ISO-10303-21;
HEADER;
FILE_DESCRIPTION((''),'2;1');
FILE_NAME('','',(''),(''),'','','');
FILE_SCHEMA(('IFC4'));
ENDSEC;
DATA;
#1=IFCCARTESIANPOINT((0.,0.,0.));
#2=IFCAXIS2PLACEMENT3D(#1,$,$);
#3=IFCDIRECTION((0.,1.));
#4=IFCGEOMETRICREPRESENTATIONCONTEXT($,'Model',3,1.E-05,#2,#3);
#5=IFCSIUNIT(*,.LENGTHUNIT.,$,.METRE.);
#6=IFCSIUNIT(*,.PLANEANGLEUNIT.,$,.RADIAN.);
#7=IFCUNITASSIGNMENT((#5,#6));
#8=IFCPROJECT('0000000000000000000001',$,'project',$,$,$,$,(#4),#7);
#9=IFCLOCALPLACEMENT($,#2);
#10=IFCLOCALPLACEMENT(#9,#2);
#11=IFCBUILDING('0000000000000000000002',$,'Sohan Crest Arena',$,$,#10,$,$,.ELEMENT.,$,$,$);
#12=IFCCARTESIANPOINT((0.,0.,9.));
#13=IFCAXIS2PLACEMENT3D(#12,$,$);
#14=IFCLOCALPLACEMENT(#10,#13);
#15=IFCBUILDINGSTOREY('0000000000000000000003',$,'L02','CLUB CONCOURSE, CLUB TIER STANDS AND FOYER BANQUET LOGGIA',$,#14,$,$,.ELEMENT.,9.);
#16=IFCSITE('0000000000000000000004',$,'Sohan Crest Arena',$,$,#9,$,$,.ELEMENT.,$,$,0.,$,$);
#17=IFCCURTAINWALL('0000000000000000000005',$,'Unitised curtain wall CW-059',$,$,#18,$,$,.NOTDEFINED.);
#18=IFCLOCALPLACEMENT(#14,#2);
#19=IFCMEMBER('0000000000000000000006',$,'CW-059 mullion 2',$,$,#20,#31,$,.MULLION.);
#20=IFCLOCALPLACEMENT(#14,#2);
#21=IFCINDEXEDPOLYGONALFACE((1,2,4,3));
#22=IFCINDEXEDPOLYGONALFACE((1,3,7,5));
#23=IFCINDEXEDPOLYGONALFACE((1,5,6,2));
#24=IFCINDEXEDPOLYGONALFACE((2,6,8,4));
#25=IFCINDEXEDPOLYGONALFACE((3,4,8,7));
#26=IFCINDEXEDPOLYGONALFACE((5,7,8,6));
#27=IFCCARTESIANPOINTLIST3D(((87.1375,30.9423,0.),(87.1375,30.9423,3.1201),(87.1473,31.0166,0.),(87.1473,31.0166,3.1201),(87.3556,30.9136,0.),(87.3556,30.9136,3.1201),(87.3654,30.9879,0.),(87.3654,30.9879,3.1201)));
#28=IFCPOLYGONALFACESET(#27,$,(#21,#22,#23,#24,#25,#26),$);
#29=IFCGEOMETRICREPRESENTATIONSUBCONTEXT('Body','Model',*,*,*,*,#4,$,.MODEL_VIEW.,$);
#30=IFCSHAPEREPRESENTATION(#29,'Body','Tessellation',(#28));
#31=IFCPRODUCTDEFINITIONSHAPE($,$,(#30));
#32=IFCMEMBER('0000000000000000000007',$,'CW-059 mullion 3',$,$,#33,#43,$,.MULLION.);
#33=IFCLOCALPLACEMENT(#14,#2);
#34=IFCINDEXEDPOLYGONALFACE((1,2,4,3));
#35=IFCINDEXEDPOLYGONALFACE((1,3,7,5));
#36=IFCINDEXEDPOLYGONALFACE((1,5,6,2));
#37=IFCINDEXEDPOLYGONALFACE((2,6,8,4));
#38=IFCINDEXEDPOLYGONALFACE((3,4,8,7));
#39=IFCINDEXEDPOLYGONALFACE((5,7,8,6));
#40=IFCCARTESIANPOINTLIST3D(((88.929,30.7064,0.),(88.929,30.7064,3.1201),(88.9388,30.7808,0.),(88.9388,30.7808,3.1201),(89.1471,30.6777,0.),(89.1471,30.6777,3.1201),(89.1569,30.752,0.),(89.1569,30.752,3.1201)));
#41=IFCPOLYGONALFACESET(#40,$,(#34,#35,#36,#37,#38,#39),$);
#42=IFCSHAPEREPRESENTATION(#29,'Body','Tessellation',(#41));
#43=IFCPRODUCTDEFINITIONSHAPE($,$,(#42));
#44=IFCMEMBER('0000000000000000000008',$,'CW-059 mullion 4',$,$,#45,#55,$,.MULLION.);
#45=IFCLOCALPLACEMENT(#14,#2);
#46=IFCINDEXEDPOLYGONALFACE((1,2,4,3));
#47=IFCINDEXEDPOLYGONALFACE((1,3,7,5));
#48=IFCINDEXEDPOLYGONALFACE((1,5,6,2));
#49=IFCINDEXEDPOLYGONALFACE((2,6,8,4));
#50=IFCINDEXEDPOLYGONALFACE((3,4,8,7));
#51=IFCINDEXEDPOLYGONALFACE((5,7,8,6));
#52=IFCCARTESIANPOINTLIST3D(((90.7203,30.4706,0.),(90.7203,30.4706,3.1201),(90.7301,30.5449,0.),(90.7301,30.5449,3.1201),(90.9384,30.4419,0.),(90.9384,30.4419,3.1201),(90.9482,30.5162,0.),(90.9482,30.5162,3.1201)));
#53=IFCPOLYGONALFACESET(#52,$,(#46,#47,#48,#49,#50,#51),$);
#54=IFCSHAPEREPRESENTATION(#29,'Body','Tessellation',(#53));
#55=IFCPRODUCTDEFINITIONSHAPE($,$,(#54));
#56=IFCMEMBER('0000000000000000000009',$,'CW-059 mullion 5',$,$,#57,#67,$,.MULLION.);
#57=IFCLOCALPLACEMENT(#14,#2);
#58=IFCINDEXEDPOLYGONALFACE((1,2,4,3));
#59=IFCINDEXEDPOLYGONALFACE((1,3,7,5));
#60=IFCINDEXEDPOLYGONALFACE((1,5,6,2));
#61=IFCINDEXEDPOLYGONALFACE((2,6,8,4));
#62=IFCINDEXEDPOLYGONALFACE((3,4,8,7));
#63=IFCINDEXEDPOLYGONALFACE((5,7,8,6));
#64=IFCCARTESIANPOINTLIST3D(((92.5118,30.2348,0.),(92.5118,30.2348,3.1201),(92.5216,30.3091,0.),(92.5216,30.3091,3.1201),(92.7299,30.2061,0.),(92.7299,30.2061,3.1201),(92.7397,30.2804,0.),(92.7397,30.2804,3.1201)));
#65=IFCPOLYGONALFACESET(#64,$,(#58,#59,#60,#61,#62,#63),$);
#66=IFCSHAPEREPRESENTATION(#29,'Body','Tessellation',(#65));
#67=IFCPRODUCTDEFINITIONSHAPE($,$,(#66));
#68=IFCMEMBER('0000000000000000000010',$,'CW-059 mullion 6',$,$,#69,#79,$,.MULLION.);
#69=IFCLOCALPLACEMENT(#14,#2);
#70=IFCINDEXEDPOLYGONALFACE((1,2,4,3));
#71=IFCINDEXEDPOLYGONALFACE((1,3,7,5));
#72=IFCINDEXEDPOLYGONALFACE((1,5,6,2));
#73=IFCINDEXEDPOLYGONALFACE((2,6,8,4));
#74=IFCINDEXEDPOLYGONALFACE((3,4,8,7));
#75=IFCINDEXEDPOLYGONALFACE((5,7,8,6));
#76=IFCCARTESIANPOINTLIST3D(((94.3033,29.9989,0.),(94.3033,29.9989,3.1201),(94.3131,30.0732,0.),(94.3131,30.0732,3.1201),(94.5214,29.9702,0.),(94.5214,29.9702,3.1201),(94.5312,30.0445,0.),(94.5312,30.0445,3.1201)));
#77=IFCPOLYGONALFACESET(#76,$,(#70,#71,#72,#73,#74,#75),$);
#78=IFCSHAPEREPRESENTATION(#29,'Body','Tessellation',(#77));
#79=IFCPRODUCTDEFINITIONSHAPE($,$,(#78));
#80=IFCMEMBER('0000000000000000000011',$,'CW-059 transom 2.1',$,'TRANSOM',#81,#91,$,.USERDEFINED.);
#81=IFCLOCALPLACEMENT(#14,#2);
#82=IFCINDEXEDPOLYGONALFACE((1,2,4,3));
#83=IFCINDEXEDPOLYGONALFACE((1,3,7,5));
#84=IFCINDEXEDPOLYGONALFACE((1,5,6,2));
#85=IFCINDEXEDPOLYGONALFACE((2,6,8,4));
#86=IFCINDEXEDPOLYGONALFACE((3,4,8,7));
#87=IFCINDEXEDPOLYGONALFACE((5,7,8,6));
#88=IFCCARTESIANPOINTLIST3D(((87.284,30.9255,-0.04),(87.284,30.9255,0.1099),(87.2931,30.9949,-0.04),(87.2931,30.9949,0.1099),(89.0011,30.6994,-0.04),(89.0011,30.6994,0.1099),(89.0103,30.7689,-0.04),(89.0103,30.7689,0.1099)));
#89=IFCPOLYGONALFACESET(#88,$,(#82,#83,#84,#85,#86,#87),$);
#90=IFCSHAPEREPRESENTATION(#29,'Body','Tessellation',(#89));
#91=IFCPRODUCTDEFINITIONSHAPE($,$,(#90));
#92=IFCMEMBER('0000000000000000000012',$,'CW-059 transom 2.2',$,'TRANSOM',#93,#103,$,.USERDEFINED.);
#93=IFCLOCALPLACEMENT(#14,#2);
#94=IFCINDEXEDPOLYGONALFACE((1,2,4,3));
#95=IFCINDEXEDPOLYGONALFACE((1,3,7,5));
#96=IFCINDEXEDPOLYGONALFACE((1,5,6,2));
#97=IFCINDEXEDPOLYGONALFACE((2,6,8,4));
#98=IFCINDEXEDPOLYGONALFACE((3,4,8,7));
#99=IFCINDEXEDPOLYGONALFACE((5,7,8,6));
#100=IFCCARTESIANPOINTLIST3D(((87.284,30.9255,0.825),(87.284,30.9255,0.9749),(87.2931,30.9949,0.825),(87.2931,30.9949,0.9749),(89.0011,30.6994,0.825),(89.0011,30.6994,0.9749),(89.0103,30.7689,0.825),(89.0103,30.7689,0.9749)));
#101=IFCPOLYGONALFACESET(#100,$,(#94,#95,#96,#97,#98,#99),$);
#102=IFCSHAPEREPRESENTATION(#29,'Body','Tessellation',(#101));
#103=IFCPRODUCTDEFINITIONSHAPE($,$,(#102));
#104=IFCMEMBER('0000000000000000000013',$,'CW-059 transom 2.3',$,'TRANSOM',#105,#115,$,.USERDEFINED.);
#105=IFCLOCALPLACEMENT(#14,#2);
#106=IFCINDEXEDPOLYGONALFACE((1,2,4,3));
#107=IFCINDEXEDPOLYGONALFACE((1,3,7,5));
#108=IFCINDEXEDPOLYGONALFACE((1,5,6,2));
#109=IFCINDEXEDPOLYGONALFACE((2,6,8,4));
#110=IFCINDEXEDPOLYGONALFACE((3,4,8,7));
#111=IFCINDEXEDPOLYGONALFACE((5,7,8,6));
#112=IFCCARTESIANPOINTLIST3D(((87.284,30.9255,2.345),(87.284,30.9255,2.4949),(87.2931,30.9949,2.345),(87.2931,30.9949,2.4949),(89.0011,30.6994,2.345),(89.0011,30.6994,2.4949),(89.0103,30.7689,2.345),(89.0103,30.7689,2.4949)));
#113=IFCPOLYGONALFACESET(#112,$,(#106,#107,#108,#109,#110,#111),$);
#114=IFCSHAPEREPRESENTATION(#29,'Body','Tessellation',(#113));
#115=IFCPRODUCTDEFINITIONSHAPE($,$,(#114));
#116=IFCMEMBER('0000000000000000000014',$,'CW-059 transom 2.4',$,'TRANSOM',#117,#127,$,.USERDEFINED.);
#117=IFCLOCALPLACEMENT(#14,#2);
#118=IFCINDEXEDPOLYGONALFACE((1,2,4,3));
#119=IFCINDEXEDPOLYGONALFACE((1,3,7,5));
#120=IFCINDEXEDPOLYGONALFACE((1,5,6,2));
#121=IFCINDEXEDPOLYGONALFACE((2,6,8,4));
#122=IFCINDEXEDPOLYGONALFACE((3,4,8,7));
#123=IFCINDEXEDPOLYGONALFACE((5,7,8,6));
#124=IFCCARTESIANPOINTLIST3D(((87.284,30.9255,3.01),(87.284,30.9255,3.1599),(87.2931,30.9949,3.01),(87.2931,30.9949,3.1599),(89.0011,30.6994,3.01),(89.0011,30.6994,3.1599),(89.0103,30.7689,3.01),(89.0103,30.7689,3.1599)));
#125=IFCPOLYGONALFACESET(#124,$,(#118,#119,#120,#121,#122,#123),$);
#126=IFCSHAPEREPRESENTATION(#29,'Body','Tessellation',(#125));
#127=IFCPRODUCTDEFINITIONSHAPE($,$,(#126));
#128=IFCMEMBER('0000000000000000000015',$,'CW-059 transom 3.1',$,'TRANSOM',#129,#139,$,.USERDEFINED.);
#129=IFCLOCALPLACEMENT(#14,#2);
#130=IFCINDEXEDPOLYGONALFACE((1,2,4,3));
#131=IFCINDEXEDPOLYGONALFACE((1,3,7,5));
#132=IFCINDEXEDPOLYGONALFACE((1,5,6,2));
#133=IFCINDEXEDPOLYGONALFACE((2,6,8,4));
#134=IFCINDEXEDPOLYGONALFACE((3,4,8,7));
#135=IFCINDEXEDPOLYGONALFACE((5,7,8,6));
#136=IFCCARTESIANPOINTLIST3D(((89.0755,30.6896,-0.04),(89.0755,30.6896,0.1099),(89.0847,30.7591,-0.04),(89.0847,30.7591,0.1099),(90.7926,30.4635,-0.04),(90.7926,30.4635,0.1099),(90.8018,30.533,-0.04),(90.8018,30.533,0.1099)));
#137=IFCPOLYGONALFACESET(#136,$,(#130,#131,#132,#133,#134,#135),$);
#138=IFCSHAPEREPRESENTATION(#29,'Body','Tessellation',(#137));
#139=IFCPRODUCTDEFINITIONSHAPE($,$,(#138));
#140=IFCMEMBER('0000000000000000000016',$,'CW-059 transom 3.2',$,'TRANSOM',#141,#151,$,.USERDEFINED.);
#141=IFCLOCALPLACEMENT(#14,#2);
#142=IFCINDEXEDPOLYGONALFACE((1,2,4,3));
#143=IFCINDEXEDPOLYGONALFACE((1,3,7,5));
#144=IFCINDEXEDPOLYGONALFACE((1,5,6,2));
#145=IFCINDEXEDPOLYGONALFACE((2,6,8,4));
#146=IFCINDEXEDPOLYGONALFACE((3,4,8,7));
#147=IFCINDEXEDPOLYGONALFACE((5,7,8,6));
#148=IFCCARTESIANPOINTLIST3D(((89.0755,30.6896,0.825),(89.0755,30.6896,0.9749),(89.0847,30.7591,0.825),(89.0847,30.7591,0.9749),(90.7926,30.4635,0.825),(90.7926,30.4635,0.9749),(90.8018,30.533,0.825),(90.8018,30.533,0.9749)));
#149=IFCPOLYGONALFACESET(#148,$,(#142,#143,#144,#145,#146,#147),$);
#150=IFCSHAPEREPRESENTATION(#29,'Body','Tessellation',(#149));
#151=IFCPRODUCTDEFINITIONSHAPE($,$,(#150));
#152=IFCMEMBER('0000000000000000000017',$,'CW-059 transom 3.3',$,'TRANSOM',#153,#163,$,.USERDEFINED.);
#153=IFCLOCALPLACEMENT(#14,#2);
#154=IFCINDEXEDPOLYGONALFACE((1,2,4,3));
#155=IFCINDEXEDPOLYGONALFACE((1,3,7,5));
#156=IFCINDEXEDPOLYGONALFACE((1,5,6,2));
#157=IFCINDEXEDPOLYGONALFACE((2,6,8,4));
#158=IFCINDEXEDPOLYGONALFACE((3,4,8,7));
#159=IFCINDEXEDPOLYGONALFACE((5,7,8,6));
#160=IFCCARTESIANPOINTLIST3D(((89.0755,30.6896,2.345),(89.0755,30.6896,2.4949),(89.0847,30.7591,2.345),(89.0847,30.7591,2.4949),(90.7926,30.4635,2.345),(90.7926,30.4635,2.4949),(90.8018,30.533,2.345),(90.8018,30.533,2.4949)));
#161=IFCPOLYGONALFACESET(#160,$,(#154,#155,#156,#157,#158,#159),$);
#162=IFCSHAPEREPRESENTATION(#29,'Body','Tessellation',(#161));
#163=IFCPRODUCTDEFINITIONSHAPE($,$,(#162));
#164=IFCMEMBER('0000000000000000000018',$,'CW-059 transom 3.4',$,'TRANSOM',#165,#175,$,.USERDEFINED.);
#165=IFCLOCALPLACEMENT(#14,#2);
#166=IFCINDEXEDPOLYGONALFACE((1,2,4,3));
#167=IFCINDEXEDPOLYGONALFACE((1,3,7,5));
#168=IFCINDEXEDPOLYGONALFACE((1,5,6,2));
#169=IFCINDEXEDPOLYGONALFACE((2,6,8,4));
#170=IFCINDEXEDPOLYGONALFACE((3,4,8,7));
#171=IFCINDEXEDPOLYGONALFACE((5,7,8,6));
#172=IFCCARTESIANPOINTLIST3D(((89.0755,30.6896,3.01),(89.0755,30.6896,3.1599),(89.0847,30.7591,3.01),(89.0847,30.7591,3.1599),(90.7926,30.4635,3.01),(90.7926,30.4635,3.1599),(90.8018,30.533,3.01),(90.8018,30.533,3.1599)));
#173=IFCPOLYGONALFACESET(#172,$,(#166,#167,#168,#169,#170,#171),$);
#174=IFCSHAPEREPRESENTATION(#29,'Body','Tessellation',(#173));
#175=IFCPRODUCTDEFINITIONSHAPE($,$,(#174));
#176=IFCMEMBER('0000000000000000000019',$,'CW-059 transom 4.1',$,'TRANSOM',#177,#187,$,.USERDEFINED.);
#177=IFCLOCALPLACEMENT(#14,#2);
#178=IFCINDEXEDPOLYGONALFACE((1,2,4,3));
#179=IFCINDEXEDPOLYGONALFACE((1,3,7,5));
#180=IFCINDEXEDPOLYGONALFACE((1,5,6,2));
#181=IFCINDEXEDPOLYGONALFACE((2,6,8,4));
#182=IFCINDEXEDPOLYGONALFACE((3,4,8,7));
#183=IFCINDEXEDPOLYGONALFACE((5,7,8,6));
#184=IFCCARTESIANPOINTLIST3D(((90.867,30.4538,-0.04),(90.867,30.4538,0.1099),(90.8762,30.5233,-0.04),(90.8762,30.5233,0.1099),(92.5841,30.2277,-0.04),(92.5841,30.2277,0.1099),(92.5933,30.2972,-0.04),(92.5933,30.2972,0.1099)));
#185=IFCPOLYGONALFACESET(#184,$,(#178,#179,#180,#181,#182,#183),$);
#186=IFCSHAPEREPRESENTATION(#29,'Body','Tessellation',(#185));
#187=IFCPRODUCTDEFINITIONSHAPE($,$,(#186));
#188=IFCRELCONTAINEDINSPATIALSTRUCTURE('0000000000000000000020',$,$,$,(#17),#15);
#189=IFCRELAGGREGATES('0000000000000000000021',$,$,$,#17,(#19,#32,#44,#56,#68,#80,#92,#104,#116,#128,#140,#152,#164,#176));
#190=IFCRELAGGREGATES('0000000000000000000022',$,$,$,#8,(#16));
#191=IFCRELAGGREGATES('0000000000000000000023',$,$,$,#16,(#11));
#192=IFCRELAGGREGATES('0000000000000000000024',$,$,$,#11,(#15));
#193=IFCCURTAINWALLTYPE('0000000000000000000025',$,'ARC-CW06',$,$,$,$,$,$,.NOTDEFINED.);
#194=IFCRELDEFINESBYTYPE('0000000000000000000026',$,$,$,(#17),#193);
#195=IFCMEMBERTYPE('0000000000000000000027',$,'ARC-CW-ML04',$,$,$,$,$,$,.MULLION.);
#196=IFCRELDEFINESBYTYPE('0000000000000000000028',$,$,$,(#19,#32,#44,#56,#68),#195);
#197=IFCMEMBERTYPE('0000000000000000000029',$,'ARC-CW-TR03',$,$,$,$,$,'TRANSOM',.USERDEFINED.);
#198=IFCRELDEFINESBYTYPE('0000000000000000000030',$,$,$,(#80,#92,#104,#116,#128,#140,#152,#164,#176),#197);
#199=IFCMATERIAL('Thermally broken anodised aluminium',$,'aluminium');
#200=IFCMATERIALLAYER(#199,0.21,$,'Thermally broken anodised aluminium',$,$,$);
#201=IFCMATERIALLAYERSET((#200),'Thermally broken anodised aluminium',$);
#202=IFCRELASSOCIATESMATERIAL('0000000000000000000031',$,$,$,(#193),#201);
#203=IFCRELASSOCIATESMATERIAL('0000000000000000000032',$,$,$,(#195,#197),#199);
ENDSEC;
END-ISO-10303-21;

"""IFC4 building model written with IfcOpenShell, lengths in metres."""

from ifc_helpers import new_model, si_unit, direction, frame, origin, origin_2d, place, context, subcontext, project, spatial, rectangle, extrude, material, layer, layer_set, material_profile, profile_set, type_object, element, aggregate, save


model = new_model("IFC4")

# Units and contexts
model_context = context("Model", 3, precision=1e-05, world=origin(), true_north=direction((0.0, 1.0)))
body_context = subcontext(model_context, "Body", "Model", "MODEL_VIEW")
ifc_project = project(units=[si_unit("LENGTHUNIT", "METRE"), si_unit("PLANEANGLEUNIT", "RADIAN")], contexts=[model_context])

# Site, building, storey
site_placement = place(None, origin())
site = spatial("IfcSite", under=ifc_project, at=site_placement, Name="Sohan Crest Arena", CompositionType="ELEMENT", RefElevation=0.0)
building_placement = place(site_placement, origin())
building = spatial("IfcBuilding", under=site, at=building_placement, Name="Sohan Crest Arena", CompositionType="ELEMENT")
storey_placement = place(building_placement, frame((0.0, 0.0, 9.0)))
storey = spatial("IfcBuildingStorey", under=building, at=storey_placement, Name="L02", Description="CLUB CONCOURSE, CLUB TIER STANDS AND FOYER BANQUET LOGGIA", CompositionType="ELEMENT", Elevation=9.0)

# Curtain wall, members
ifc_material_1 = material(Name="Thermally broken anodised aluminium", Category="aluminium")
ifc_layer_1 = layer(ifc_material_1, 0.21, Name="Thermally broken anodised aluminium")
ifc_layer_set_1 = layer_set([ifc_layer_1], Name="Thermally broken anodised aluminium")
curtain_wall_type = type_object("IfcCurtainWallType", Name="ARC-CW06", PredefinedType="NOTDEFINED", material=ifc_layer_set_1)
curtain_wall_placement = place(storey_placement, origin())
curtain_wall = element("IfcCurtainWall", 1, at=curtain_wall_placement, inside=storey, type_object=curtain_wall_type, Name="Unitised curtain wall CW-059", PredefinedType="NOTDEFINED")
ifc_material_profile_1 = material_profile(ifc_material_1, rectangle(XDim=0.075, YDim=0.22, at=origin_2d()), Name="ALU-MULL 75x220")
ifc_profile_set_1 = profile_set([ifc_material_profile_1], Name="Thermally broken anodised aluminium")
member_type_1 = type_object("IfcMemberType", Name="ARC-CW-ML04", PredefinedType="MULLION", material=ifc_profile_set_1)
member_1_placement = place(storey_placement, frame((87.2515, 30.9651, 0.0), z_axis=(0.0, 0.0, 1.0), x_axis=(0.130532, 0.991444, 0.0)))
member_1 = element("IfcMember", 2, at=member_1_placement, type_object=member_type_1, Name="CW-059 mullion 2", PredefinedType="MULLION", context=body_context, shape_type="SweptSolid", body=[
    extrude(rectangle(XDim=0.075, YDim=0.22, at=origin_2d()), origin(), (0.0, 0.0, 1.0), 3.1201),
])
member_2_placement = place(storey_placement, frame((89.043, 30.7292, 0.0), z_axis=(0.0, 0.0, 1.0), x_axis=(0.130532, 0.991444, 0.0)))
member_2 = element("IfcMember", 3, at=member_2_placement, type_object=member_type_1, Name="CW-059 mullion 3", PredefinedType="MULLION", context=body_context, shape_type="SweptSolid", body=[
    extrude(rectangle(XDim=0.075, YDim=0.22, at=origin_2d()), origin(), (0.0, 0.0, 1.0), 3.1201),
])
member_3_placement = place(storey_placement, frame((90.8342, 30.4934, 0.0), z_axis=(0.0, 0.0, 1.0), x_axis=(0.130532, 0.991444, 0.0)))
member_3 = element("IfcMember", 4, at=member_3_placement, type_object=member_type_1, Name="CW-059 mullion 4", PredefinedType="MULLION", context=body_context, shape_type="SweptSolid", body=[
    extrude(rectangle(XDim=0.075, YDim=0.22, at=origin_2d()), origin(), (0.0, 0.0, 1.0), 3.1201),
])
member_4_placement = place(storey_placement, frame((92.6257, 30.2576, 0.0), z_axis=(0.0, 0.0, 1.0), x_axis=(0.130532, 0.991444, 0.0)))
member_4 = element("IfcMember", 5, at=member_4_placement, type_object=member_type_1, Name="CW-059 mullion 5", PredefinedType="MULLION", context=body_context, shape_type="SweptSolid", body=[
    extrude(rectangle(XDim=0.075, YDim=0.22, at=origin_2d()), origin(), (0.0, 0.0, 1.0), 3.1201),
])
member_5_placement = place(storey_placement, frame((94.4172, 30.0217, 0.0), z_axis=(0.0, 0.0, 1.0), x_axis=(0.130532, 0.991444, 0.0)))
member_5 = element("IfcMember", 6, at=member_5_placement, type_object=member_type_1, Name="CW-059 mullion 6", PredefinedType="MULLION", context=body_context, shape_type="SweptSolid", body=[
    extrude(rectangle(XDim=0.075, YDim=0.22, at=origin_2d()), origin(), (0.0, 0.0, 1.0), 3.1201),
])
ifc_material_profile_2 = material_profile(ifc_material_1, rectangle(XDim=0.0701, YDim=0.1499, at=origin_2d()), Name="ALU-TRAN 70x150")
ifc_profile_set_2 = profile_set([ifc_material_profile_2], Name="Thermally broken anodised aluminium")
member_type_2 = type_object("IfcMemberType", Name="ARC-CW-TR03", ElementType="TRANSOM", PredefinedType="USERDEFINED", material=ifc_profile_set_2)
member_6_placement = place(storey_placement, frame((87.2886, 30.9602, 0.0349), z_axis=(0.991443, -0.130538, 0.0), x_axis=(0.130538, 0.991443, 0.0)))
member_6 = element("IfcMember", 7, at=member_6_placement, type_object=member_type_2, Name="CW-059 transom 2.1", ObjectType="TRANSOM", PredefinedType="USERDEFINED", context=body_context, shape_type="SweptSolid", body=[
    extrude(rectangle(XDim=0.0701, YDim=0.1499, at=origin_2d()), origin(), (0.0, 0.0, 1.0), 1.7319),
])
member_7_placement = place(storey_placement, frame((87.2886, 30.9602, 0.8999), z_axis=(0.991443, -0.130538, 0.0), x_axis=(0.130538, 0.991443, 0.0)))
member_7 = element("IfcMember", 8, at=member_7_placement, type_object=member_type_2, Name="CW-059 transom 2.2", ObjectType="TRANSOM", PredefinedType="USERDEFINED", context=body_context, shape_type="SweptSolid", body=[
    extrude(rectangle(XDim=0.0701, YDim=0.1499, at=origin_2d()), origin(), (0.0, 0.0, 1.0), 1.7319),
])
member_8_placement = place(storey_placement, frame((87.2886, 30.9602, 2.4199), z_axis=(0.991443, -0.130538, 0.0), x_axis=(0.130538, 0.991443, 0.0)))
member_8 = element("IfcMember", 9, at=member_8_placement, type_object=member_type_2, Name="CW-059 transom 2.3", ObjectType="TRANSOM", PredefinedType="USERDEFINED", context=body_context, shape_type="SweptSolid", body=[
    extrude(rectangle(XDim=0.0701, YDim=0.1499, at=origin_2d()), origin(), (0.0, 0.0, 1.0), 1.7319),
])
member_9_placement = place(storey_placement, frame((87.2886, 30.9602, 3.085), z_axis=(0.991443, -0.130538, 0.0), x_axis=(0.130538, 0.991443, 0.0)))
member_9 = element("IfcMember", 10, at=member_9_placement, type_object=member_type_2, Name="CW-059 transom 2.4", ObjectType="TRANSOM", PredefinedType="USERDEFINED", context=body_context, shape_type="SweptSolid", body=[
    extrude(rectangle(XDim=0.0701, YDim=0.1499, at=origin_2d()), origin(), (0.0, 0.0, 1.0), 1.7319),
])
member_10_placement = place(storey_placement, frame((89.0801, 30.7244, 0.0349), z_axis=(0.991443, -0.130538, 0.0), x_axis=(0.130538, 0.991443, 0.0)))
member_10 = element("IfcMember", 11, at=member_10_placement, type_object=member_type_2, Name="CW-059 transom 3.1", ObjectType="TRANSOM", PredefinedType="USERDEFINED", context=body_context, shape_type="SweptSolid", body=[
    extrude(rectangle(XDim=0.0701, YDim=0.1499, at=origin_2d()), origin(), (0.0, 0.0, 1.0), 1.7319),
])
member_11_placement = place(storey_placement, frame((89.0801, 30.7244, 0.8999), z_axis=(0.991443, -0.130538, 0.0), x_axis=(0.130538, 0.991443, 0.0)))
member_11 = element("IfcMember", 12, at=member_11_placement, type_object=member_type_2, Name="CW-059 transom 3.2", ObjectType="TRANSOM", PredefinedType="USERDEFINED", context=body_context, shape_type="SweptSolid", body=[
    extrude(rectangle(XDim=0.0701, YDim=0.1499, at=origin_2d()), origin(), (0.0, 0.0, 1.0), 1.7319),
])
member_12_placement = place(storey_placement, frame((89.0801, 30.7244, 2.4199), z_axis=(0.991443, -0.130538, 0.0), x_axis=(0.130538, 0.991443, 0.0)))
member_12 = element("IfcMember", 13, at=member_12_placement, type_object=member_type_2, Name="CW-059 transom 3.3", ObjectType="TRANSOM", PredefinedType="USERDEFINED", context=body_context, shape_type="SweptSolid", body=[
    extrude(rectangle(XDim=0.0701, YDim=0.1499, at=origin_2d()), origin(), (0.0, 0.0, 1.0), 1.7319),
])
member_13_placement = place(storey_placement, frame((89.0801, 30.7244, 3.085), z_axis=(0.991443, -0.130538, 0.0), x_axis=(0.130538, 0.991443, 0.0)))
member_13 = element("IfcMember", 14, at=member_13_placement, type_object=member_type_2, Name="CW-059 transom 3.4", ObjectType="TRANSOM", PredefinedType="USERDEFINED", context=body_context, shape_type="SweptSolid", body=[
    extrude(rectangle(XDim=0.0701, YDim=0.1499, at=origin_2d()), origin(), (0.0, 0.0, 1.0), 1.7319),
])
member_14_placement = place(storey_placement, frame((90.8716, 30.4885, 0.0349), z_axis=(0.991443, -0.130538, 0.0), x_axis=(0.130538, 0.991443, 0.0)))
member_14 = element("IfcMember", 15, at=member_14_placement, type_object=member_type_2, Name="CW-059 transom 4.1", ObjectType="TRANSOM", PredefinedType="USERDEFINED", context=body_context, shape_type="SweptSolid", body=[
    extrude(rectangle(XDim=0.0701, YDim=0.1499, at=origin_2d()), origin(), (0.0, 0.0, 1.0), 1.7319),
])
aggregate(curtain_wall, [member_1, member_2, member_3, member_4, member_5, member_6, member_7, member_8, member_9, member_10, member_11, member_12, member_13, member_14])

save(model, "model.ifc")
